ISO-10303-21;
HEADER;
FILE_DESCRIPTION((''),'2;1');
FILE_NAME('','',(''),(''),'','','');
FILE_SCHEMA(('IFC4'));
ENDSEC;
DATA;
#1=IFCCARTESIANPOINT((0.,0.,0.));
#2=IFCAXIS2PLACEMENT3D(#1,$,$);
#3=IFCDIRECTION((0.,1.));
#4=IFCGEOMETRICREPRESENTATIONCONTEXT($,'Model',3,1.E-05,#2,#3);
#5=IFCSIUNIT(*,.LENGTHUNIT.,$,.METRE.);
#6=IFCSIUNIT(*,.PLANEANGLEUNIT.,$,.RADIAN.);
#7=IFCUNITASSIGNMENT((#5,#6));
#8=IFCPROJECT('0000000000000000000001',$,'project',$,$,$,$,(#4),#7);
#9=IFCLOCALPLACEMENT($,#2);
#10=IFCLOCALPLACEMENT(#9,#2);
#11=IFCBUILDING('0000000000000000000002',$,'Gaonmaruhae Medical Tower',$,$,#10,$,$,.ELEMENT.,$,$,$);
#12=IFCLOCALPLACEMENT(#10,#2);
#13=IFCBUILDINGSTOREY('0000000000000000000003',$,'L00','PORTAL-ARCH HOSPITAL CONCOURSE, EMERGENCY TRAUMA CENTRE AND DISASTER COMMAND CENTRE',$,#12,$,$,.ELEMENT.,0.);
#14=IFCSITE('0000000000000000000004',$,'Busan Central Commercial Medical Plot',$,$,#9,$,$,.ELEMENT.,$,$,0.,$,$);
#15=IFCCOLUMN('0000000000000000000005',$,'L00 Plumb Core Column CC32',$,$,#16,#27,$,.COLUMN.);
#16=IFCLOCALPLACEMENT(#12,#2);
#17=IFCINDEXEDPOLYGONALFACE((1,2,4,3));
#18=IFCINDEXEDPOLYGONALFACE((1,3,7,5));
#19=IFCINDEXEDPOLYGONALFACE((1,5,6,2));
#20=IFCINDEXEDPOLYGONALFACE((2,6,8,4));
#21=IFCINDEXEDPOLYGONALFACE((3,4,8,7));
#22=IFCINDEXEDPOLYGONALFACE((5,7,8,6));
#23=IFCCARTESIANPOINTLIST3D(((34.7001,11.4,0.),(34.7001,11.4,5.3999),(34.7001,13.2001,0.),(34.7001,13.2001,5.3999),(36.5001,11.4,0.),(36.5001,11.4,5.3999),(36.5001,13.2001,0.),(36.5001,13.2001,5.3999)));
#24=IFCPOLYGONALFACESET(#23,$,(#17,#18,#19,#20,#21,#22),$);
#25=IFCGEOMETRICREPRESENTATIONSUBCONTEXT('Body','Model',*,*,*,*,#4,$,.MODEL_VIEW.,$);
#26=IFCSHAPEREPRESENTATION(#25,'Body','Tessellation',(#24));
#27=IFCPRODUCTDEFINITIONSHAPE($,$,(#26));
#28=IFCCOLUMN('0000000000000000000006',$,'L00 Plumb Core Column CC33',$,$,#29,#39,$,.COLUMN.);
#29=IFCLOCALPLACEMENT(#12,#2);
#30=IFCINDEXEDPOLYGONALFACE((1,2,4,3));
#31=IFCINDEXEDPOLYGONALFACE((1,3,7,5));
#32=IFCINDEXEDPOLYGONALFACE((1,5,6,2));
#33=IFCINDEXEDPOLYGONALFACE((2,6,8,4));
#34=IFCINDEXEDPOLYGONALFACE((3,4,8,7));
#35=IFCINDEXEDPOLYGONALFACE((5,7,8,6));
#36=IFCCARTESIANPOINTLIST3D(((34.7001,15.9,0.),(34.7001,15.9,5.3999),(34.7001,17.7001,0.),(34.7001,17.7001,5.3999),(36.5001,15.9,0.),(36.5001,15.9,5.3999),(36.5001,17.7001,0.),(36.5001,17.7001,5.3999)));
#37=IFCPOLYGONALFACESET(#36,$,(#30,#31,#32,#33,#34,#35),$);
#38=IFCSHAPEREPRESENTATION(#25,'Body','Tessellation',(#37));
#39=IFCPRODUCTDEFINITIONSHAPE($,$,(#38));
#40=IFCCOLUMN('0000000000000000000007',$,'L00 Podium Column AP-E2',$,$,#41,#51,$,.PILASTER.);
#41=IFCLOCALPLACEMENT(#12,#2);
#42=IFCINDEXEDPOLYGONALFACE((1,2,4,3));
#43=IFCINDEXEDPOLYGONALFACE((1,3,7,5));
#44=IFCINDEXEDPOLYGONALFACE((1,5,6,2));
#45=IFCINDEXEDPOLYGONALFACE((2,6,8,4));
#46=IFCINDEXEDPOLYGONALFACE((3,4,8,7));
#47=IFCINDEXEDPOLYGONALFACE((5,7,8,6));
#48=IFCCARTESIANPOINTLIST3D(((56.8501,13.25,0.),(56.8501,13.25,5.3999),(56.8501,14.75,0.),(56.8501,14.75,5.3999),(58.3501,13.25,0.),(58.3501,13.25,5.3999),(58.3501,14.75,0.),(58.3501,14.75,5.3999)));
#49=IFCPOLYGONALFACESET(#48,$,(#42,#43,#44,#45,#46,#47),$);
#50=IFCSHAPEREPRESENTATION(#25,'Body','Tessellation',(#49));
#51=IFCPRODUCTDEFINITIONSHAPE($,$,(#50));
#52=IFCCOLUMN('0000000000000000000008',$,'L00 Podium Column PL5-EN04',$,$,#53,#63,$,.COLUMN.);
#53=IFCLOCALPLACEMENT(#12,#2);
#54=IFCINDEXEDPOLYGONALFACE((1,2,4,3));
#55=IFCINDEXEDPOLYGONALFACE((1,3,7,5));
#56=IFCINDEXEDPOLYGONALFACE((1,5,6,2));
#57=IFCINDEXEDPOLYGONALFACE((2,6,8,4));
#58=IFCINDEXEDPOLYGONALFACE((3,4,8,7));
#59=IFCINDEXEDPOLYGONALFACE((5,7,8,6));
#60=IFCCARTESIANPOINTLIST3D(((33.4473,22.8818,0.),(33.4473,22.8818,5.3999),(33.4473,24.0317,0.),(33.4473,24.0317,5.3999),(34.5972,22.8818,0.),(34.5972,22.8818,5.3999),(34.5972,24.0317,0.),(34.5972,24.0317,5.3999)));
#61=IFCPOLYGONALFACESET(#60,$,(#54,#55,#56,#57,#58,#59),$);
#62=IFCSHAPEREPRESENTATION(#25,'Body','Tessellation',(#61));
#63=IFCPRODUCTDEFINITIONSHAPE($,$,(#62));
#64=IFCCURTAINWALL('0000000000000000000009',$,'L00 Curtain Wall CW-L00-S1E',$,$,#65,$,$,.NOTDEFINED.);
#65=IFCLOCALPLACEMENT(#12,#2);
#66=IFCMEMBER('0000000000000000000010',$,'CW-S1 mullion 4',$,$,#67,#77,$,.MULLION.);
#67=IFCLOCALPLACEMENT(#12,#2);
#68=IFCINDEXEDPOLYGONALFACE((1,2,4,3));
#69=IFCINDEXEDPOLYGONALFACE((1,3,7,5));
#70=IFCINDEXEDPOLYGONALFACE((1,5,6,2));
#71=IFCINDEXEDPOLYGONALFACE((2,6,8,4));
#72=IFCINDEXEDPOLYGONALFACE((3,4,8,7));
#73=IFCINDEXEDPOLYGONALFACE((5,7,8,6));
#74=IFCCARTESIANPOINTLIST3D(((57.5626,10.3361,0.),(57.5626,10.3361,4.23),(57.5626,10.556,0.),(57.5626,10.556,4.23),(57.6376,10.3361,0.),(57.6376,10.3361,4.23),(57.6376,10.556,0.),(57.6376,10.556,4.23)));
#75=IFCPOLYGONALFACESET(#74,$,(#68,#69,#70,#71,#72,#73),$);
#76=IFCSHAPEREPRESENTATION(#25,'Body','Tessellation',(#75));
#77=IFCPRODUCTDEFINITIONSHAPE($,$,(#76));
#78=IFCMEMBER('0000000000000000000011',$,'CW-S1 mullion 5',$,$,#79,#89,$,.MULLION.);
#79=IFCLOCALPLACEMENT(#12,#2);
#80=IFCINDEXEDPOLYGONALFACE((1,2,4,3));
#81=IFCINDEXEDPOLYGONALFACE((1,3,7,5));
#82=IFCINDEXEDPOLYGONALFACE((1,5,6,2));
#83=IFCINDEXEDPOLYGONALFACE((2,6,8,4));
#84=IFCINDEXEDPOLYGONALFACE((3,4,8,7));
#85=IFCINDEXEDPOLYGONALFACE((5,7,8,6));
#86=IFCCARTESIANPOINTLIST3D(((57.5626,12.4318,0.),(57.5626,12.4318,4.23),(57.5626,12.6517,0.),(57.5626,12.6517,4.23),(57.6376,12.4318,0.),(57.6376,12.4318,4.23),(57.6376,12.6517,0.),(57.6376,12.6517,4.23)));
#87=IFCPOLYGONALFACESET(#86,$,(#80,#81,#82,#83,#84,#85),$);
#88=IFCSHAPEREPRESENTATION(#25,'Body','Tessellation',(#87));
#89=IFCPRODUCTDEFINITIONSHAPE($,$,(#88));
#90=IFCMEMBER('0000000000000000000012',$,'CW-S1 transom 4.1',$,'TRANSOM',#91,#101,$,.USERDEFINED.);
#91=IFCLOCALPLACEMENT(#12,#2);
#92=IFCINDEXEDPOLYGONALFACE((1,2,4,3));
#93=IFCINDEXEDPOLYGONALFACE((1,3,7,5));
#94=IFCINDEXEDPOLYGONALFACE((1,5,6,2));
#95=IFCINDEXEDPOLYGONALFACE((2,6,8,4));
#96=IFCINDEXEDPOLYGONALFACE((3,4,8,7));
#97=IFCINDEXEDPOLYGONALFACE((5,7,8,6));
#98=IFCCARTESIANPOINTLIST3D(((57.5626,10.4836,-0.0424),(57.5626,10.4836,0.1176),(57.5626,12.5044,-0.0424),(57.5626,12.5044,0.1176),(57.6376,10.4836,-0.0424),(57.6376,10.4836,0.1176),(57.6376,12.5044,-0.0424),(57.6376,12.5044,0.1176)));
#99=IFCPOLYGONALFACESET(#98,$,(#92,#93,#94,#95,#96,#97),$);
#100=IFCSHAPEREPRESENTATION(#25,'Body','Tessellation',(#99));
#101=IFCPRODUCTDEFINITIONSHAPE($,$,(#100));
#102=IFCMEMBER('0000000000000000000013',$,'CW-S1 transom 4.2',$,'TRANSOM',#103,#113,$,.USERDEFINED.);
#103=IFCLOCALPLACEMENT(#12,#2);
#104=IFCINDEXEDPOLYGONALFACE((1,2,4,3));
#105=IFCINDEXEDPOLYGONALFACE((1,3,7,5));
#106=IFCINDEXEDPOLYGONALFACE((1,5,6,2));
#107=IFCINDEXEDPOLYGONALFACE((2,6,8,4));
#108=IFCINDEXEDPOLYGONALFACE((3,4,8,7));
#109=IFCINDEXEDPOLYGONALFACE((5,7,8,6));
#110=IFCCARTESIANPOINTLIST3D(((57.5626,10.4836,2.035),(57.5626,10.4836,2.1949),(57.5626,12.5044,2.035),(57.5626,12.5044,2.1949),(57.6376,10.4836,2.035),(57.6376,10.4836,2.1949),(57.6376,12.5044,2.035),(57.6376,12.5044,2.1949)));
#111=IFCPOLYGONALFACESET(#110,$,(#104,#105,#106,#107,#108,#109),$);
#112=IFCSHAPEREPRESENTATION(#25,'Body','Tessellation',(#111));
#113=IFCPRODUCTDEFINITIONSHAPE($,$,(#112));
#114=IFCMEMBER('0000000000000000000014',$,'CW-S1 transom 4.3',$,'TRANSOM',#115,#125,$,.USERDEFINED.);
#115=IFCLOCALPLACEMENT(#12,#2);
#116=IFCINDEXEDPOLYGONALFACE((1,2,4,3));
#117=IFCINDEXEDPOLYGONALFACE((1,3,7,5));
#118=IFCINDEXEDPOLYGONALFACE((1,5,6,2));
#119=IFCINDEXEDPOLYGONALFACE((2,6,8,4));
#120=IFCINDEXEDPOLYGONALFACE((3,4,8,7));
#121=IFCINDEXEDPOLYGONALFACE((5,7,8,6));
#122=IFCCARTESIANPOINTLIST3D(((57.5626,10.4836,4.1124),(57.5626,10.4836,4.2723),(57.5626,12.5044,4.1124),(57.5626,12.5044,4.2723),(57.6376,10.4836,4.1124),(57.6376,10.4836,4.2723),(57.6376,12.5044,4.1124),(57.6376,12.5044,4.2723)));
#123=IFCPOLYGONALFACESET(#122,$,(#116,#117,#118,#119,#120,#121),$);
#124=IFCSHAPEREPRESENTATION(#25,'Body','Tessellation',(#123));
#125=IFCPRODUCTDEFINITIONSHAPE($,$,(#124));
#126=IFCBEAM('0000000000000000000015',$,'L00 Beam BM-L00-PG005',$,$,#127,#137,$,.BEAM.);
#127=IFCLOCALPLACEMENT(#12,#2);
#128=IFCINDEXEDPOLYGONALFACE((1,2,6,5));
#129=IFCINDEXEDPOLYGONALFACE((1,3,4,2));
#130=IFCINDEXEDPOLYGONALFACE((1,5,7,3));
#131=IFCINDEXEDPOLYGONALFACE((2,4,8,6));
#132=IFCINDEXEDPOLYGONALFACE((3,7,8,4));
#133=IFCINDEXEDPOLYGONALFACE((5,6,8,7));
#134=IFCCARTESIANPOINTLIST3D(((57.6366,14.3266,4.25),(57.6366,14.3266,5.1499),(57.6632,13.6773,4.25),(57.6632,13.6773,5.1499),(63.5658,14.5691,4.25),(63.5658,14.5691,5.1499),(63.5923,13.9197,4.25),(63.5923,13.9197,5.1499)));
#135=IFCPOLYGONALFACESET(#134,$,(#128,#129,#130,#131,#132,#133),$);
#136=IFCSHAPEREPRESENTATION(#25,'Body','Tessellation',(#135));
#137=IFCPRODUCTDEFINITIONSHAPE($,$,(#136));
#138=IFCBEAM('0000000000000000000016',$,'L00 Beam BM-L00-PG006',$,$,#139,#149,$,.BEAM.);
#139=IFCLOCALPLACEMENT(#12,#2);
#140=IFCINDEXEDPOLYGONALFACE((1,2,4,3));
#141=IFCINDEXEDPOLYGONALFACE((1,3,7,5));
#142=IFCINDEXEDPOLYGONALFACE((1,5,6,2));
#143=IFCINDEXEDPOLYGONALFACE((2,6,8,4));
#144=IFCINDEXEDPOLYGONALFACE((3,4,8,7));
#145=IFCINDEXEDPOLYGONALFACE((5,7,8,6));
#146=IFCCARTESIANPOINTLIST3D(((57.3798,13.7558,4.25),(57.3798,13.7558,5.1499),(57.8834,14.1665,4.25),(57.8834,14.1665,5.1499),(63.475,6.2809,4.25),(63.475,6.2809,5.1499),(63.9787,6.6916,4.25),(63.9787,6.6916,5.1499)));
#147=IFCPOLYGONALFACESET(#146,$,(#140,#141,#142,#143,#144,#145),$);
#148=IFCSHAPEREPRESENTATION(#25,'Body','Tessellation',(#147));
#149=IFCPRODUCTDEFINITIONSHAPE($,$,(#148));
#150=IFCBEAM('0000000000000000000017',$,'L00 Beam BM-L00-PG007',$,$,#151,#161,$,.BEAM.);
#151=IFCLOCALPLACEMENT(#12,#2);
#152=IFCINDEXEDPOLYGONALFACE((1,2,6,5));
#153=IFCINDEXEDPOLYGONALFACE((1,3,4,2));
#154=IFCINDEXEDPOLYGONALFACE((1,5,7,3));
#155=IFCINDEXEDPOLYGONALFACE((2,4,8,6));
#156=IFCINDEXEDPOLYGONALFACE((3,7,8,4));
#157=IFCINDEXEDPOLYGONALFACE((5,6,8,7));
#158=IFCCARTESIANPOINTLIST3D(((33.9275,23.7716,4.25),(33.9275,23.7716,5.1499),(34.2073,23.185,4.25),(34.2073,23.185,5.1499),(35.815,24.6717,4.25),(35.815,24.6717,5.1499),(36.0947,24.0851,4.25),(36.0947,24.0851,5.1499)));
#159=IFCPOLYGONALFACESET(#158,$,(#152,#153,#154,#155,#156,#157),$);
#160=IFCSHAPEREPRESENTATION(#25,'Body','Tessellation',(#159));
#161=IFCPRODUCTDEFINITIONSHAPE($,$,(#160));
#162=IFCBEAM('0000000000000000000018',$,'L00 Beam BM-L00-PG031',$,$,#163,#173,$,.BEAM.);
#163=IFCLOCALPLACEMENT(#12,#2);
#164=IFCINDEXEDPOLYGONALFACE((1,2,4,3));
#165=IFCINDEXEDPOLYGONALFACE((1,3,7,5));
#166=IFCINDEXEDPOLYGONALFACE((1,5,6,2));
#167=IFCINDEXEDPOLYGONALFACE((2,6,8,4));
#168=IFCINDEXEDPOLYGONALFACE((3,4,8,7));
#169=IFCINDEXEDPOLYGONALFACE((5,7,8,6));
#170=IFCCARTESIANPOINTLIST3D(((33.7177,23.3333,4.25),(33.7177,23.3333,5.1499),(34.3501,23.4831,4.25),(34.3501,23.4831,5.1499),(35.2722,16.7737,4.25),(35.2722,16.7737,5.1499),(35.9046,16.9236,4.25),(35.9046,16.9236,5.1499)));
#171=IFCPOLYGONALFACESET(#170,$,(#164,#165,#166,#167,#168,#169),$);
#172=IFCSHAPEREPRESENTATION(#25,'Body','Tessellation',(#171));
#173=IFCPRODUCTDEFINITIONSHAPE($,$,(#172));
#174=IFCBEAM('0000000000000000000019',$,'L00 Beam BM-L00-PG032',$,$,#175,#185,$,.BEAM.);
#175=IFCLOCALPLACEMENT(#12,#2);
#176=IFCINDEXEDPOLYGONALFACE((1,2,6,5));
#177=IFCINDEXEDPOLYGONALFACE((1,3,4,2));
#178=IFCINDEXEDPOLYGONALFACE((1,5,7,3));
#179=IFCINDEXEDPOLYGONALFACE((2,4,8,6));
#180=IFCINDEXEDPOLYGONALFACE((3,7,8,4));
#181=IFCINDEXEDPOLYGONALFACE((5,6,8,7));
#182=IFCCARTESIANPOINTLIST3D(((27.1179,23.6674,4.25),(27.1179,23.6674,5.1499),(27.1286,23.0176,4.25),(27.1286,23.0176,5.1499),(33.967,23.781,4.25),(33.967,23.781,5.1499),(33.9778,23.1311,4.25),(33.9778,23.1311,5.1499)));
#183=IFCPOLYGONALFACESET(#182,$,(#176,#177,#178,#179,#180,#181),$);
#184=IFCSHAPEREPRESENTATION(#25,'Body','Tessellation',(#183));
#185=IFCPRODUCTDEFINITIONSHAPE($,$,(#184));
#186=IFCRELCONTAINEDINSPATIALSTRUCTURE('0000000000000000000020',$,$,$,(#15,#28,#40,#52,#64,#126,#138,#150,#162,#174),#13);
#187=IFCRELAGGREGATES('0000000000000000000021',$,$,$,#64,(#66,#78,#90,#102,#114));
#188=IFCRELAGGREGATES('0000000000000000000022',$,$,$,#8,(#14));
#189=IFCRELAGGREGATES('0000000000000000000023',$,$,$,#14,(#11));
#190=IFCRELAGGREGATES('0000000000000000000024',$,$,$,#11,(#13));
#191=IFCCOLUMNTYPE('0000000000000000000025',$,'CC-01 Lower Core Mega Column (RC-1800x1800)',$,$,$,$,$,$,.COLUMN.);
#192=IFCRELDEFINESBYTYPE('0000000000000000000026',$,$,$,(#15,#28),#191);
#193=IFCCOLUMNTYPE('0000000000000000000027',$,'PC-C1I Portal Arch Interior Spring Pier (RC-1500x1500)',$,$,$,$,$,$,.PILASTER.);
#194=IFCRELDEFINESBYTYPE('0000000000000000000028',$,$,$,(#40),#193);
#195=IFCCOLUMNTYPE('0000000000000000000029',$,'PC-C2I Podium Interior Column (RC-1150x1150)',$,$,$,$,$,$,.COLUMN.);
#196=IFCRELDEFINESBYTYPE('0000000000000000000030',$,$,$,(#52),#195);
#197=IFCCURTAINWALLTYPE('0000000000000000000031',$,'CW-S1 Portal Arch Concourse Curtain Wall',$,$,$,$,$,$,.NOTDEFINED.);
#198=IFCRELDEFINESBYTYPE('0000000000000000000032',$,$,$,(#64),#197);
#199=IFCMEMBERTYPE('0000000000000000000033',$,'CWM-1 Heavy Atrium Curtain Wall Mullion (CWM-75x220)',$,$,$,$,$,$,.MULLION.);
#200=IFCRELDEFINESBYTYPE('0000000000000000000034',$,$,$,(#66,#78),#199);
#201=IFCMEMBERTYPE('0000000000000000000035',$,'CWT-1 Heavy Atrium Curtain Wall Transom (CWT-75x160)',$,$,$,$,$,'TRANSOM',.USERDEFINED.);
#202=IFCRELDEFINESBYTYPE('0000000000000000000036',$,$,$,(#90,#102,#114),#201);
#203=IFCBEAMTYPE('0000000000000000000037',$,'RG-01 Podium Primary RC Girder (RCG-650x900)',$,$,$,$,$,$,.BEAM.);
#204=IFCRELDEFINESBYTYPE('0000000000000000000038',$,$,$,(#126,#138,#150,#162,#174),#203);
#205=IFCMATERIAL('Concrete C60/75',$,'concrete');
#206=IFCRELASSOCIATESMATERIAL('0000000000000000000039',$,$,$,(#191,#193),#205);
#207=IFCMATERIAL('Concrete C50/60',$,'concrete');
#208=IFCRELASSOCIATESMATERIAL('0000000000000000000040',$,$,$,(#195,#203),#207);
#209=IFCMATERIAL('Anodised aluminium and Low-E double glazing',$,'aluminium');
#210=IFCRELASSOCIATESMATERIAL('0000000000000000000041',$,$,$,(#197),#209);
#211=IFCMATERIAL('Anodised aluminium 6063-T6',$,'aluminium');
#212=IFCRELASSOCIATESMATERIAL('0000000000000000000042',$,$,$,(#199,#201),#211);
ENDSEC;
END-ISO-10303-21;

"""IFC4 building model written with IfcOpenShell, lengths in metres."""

from ifc_helpers import new_model, si_unit, direction, frame, origin, origin_2d, place, context, subcontext, project, spatial, rectangle, extrude, material, material_profile, profile_set, type_object, element, aggregate, save


model = new_model("IFC4")

# Units and contexts
model_context = context("Model", 3, precision=1e-05, world=origin(), true_north=direction((0.0, 1.0)))
body_context = subcontext(model_context, "Body", "Model", "MODEL_VIEW")
ifc_project = project(units=[si_unit("LENGTHUNIT", "METRE"), si_unit("PLANEANGLEUNIT", "RADIAN")], contexts=[model_context])

# Site, building, storey
site_placement = place(None, origin())
site = spatial("IfcSite", under=ifc_project, at=site_placement, Name="Busan Central Commercial Medical Plot", CompositionType="ELEMENT", RefElevation=0.0)
building_placement = place(site_placement, origin())
building = spatial("IfcBuilding", under=site, at=building_placement, Name="Gaonmaruhae Medical Tower", CompositionType="ELEMENT")
storey_placement = place(building_placement, origin())
storey = spatial("IfcBuildingStorey", under=building, at=storey_placement, Name="L00", Description="PORTAL-ARCH HOSPITAL CONCOURSE, EMERGENCY TRAUMA CENTRE AND DISASTER COMMAND CENTRE", CompositionType="ELEMENT", Elevation=0.0)

# Columns
ifc_material_1 = material(Name="Concrete C60/75", Category="concrete")
ifc_material_profile_1 = material_profile(ifc_material_1, rectangle(XDim=1.8, YDim=1.8, at=origin_2d()), Name="RC-1800x1800")
ifc_profile_set_1 = profile_set([ifc_material_profile_1], Name="Concrete C60/75")
column_type_1 = type_object("IfcColumnType", Name="CC-01 Lower Core Mega Column (RC-1800x1800)", PredefinedType="COLUMN", material=ifc_profile_set_1)
for number, where, z_axis, x_axis, name in (
    (1, (35.6001, 12.3, 0.0), (0.0, 0.0, 1.0), (1.0, 0.0, 0.0), "L00 Plumb Core Column CC32"),
    (2, (35.6001, 16.8, 0.0), (0.0, 0.0, 1.0), (1.0, 0.0, 0.0), "L00 Plumb Core Column CC33"),
):
    element("IfcColumn", number, at=place(storey_placement, frame(where, z_axis=z_axis, x_axis=x_axis)), inside=storey, type_object=column_type_1, Name=name, PredefinedType="COLUMN", context=body_context, shape_type="SweptSolid", body=[
        extrude(rectangle(XDim=1.8, YDim=1.8, at=origin_2d()), origin(), (0.0, 0.0, 1.0), 5.3999),
    ])
ifc_material_profile_2 = material_profile(ifc_material_1, rectangle(XDim=1.5, YDim=1.5, at=origin_2d()), Name="RC-1500x1500")
ifc_profile_set_2 = profile_set([ifc_material_profile_2], Name="Concrete C60/75")
column_type_2 = type_object("IfcColumnType", Name="PC-C1I Portal Arch Interior Spring Pier (RC-1500x1500)", PredefinedType="PILASTER", material=ifc_profile_set_2)
column_1_placement = place(storey_placement, frame((57.6001, 14.0, 0.0), z_axis=(0.0, 0.0, 1.0), x_axis=(1.0, 0.0, 0.0)))
element("IfcColumn", 3, at=column_1_placement, inside=storey, type_object=column_type_2, Name="L00 Podium Column AP-E2", PredefinedType="PILASTER", context=body_context, shape_type="SweptSolid", body=[
    extrude(rectangle(XDim=1.5, YDim=1.5, at=origin_2d()), origin(), (0.0, 0.0, 1.0), 5.3999),
])
ifc_material_2 = material(Name="Concrete C50/60", Category="concrete")
ifc_material_profile_3 = material_profile(ifc_material_2, rectangle(XDim=1.1499, YDim=1.1499, at=origin_2d()), Name="RC-1150x1150")
ifc_profile_set_3 = profile_set([ifc_material_profile_3], Name="Concrete C50/60")
column_type_3 = type_object("IfcColumnType", Name="PC-C2I Podium Interior Column (RC-1150x1150)", PredefinedType="COLUMN", material=ifc_profile_set_3)
column_2_placement = place(storey_placement, frame((34.0222, 23.4568, 0.0), z_axis=(0.0, 0.0, 1.0), x_axis=(1.0, 0.0, 0.0)))
element("IfcColumn", 4, at=column_2_placement, inside=storey, type_object=column_type_3, Name="L00 Podium Column PL5-EN04", PredefinedType="COLUMN", context=body_context, shape_type="SweptSolid", body=[
    extrude(rectangle(XDim=1.1499, YDim=1.1499, at=origin_2d()), origin(), (0.0, 0.0, 1.0), 5.3999),
])

# Curtain wall, members
ifc_material_3 = material(Name="Anodised aluminium and Low-E double glazing", Category="aluminium")
curtain_wall_type = type_object("IfcCurtainWallType", Name="CW-S1 Portal Arch Concourse Curtain Wall", PredefinedType="NOTDEFINED", material=ifc_material_3)
curtain_wall_placement = place(storey_placement, origin())
curtain_wall = element("IfcCurtainWall", 5, at=curtain_wall_placement, inside=storey, type_object=curtain_wall_type, Name="L00 Curtain Wall CW-L00-S1E", PredefinedType="NOTDEFINED")
ifc_material_4 = material(Name="Anodised aluminium 6063-T6", Category="aluminium")
ifc_material_profile_4 = material_profile(ifc_material_4, rectangle(XDim=0.075, YDim=0.22, at=origin_2d()), Name="CWM-75x220")
ifc_profile_set_4 = profile_set([ifc_material_profile_4], Name="Anodised aluminium 6063-T6")
member_type_1 = type_object("IfcMemberType", Name="CWM-1 Heavy Atrium Curtain Wall Mullion (CWM-75x220)", PredefinedType="MULLION", material=ifc_profile_set_4)
member_1_placement = place(storey_placement, frame((57.6001, 10.446, 0.0), z_axis=(0.0, 0.0, 1.0), x_axis=(-1.0, 0.0, 0.0)))
member_1 = element("IfcMember", 6, at=member_1_placement, type_object=member_type_1, Name="CW-S1 mullion 4", PredefinedType="MULLION", context=body_context, shape_type="SweptSolid", body=[
    extrude(rectangle(XDim=0.075, YDim=0.22, at=origin_2d()), origin(), (0.0, 0.0, 1.0), 4.23),
])
member_2_placement = place(storey_placement, frame((57.6001, 12.5417, 0.0), z_axis=(0.0, 0.0, 1.0), x_axis=(-1.0, 0.0, 0.0)))
member_2 = element("IfcMember", 7, at=member_2_placement, type_object=member_type_1, Name="CW-S1 mullion 5", PredefinedType="MULLION", context=body_context, shape_type="SweptSolid", body=[
    extrude(rectangle(XDim=0.075, YDim=0.22, at=origin_2d()), origin(), (0.0, 0.0, 1.0), 4.23),
])
ifc_material_profile_5 = material_profile(ifc_material_4, rectangle(XDim=0.075, YDim=0.1599, at=origin_2d()), Name="CWT-75x160")
ifc_profile_set_5 = profile_set([ifc_material_profile_5], Name="Anodised aluminium 6063-T6")
member_type_2 = type_object("IfcMemberType", Name="CWT-1 Heavy Atrium Curtain Wall Transom (CWT-75x160)", ElementType="TRANSOM", PredefinedType="USERDEFINED", material=ifc_profile_set_5)
member_3_placement = place(storey_placement, frame((57.6001, 10.4836, 0.0376), z_axis=(0.0, 1.0, 0.0), x_axis=(-1.0, 0.0, 0.0)))
member_3 = element("IfcMember", 8, at=member_3_placement, type_object=member_type_2, Name="CW-S1 transom 4.1", ObjectType="TRANSOM", PredefinedType="USERDEFINED", context=body_context, shape_type="SweptSolid", body=[
    extrude(rectangle(XDim=0.075, YDim=0.1599, at=origin_2d()), origin(), (0.0, 0.0, 1.0), 2.0208),
])
member_4_placement = place(storey_placement, frame((57.6001, 10.4836, 2.115), z_axis=(0.0, 1.0, 0.0), x_axis=(-1.0, 0.0, 0.0)))
member_4 = element("IfcMember", 9, at=member_4_placement, type_object=member_type_2, Name="CW-S1 transom 4.2", ObjectType="TRANSOM", PredefinedType="USERDEFINED", context=body_context, shape_type="SweptSolid", body=[
    extrude(rectangle(XDim=0.075, YDim=0.1599, at=origin_2d()), origin(), (0.0, 0.0, 1.0), 2.0208),
])
member_5_placement = place(storey_placement, frame((57.6001, 10.4836, 4.1924), z_axis=(0.0, 1.0, 0.0), x_axis=(-1.0, 0.0, 0.0)))
member_5 = element("IfcMember", 10, at=member_5_placement, type_object=member_type_2, Name="CW-S1 transom 4.3", ObjectType="TRANSOM", PredefinedType="USERDEFINED", context=body_context, shape_type="SweptSolid", body=[
    extrude(rectangle(XDim=0.075, YDim=0.1599, at=origin_2d()), origin(), (0.0, 0.0, 1.0), 2.0208),
])

# Beams
ifc_material_profile_6 = material_profile(ifc_material_2, rectangle(XDim=0.6499, YDim=0.8999, at=origin_2d()), Name="RCG-650x900")
ifc_profile_set_6 = profile_set([ifc_material_profile_6], Name="Concrete C50/60")
beam_type = type_object("IfcBeamType", Name="RG-01 Podium Primary RC Girder (RCG-650x900)", PredefinedType="BEAM", material=ifc_profile_set_6)
beam_1_placement = place(storey_placement, frame((57.6499, 14.002, 4.7), z_axis=(0.999165, 0.040854, 0.0), x_axis=(-0.040854, 0.999165, 0.0)))
element("IfcBeam", 11, at=beam_1_placement, inside=storey, type_object=beam_type, Name="L00 Beam BM-L00-PG005", PredefinedType="BEAM", context=body_context, shape_type="SweptSolid", body=[
    extrude(rectangle(XDim=0.6499, YDim=0.8999, at=origin_2d()), origin(), (0.0, 0.0, 1.0), 5.9341),
])
beam_2_placement = place(storey_placement, frame((57.6316, 13.9612, 4.7), z_axis=(0.631959, -0.775002, 0.0), x_axis=(0.775002, 0.631959, 0.0)))
element("IfcBeam", 12, at=beam_2_placement, inside=storey, type_object=beam_type, Name="L00 Beam BM-L00-PG006", PredefinedType="BEAM", context=body_context, shape_type="SweptSolid", body=[
    extrude(rectangle(XDim=0.6499, YDim=0.8999, at=origin_2d()), origin(), (0.0, 0.0, 1.0), 9.645),
])
beam_3_placement = place(storey_placement, frame((35.9548, 24.3784, 4.7), z_axis=(-0.902608, -0.430464, 0.0), x_axis=(0.430464, -0.902608, 0.0)))
element("IfcBeam", 13, at=beam_3_placement, inside=storey, type_object=beam_type, Name="L00 Beam BM-L00-PG007", PredefinedType="BEAM", context=body_context, shape_type="SweptSolid", body=[
    extrude(rectangle(XDim=0.6499, YDim=0.8999, at=origin_2d()), origin(), (0.0, 0.0, 1.0), 2.0911),
])
beam_4_placement = place(storey_placement, frame((34.0339, 23.4082, 4.7), z_axis=(0.230587, -0.973052, 0.0), x_axis=(0.973052, 0.230587, 0.0)))
element("IfcBeam", 14, at=beam_4_placement, inside=storey, type_object=beam_type, Name="L00 Beam BM-L00-PG031", PredefinedType="BEAM", context=body_context, shape_type="SweptSolid", body=[
    extrude(rectangle(XDim=0.6499, YDim=0.8999, at=origin_2d()), origin(), (0.0, 0.0, 1.0), 6.7412),
])
beam_5_placement = place(storey_placement, frame((33.9724, 23.4561, 4.7), z_axis=(-0.999863, -0.016573, 0.0), x_axis=(0.016573, -0.999863, 0.0)))
element("IfcBeam", 15, at=beam_5_placement, inside=storey, type_object=beam_type, Name="L00 Beam BM-L00-PG032", PredefinedType="BEAM", context=body_context, shape_type="SweptSolid", body=[
    extrude(rectangle(XDim=0.6499, YDim=0.8999, at=origin_2d()), origin(), (0.0, 0.0, 1.0), 6.8501),
])

aggregate(curtain_wall, [member_1, member_2, member_3, member_4, member_5])

save(model, "model.ifc")
